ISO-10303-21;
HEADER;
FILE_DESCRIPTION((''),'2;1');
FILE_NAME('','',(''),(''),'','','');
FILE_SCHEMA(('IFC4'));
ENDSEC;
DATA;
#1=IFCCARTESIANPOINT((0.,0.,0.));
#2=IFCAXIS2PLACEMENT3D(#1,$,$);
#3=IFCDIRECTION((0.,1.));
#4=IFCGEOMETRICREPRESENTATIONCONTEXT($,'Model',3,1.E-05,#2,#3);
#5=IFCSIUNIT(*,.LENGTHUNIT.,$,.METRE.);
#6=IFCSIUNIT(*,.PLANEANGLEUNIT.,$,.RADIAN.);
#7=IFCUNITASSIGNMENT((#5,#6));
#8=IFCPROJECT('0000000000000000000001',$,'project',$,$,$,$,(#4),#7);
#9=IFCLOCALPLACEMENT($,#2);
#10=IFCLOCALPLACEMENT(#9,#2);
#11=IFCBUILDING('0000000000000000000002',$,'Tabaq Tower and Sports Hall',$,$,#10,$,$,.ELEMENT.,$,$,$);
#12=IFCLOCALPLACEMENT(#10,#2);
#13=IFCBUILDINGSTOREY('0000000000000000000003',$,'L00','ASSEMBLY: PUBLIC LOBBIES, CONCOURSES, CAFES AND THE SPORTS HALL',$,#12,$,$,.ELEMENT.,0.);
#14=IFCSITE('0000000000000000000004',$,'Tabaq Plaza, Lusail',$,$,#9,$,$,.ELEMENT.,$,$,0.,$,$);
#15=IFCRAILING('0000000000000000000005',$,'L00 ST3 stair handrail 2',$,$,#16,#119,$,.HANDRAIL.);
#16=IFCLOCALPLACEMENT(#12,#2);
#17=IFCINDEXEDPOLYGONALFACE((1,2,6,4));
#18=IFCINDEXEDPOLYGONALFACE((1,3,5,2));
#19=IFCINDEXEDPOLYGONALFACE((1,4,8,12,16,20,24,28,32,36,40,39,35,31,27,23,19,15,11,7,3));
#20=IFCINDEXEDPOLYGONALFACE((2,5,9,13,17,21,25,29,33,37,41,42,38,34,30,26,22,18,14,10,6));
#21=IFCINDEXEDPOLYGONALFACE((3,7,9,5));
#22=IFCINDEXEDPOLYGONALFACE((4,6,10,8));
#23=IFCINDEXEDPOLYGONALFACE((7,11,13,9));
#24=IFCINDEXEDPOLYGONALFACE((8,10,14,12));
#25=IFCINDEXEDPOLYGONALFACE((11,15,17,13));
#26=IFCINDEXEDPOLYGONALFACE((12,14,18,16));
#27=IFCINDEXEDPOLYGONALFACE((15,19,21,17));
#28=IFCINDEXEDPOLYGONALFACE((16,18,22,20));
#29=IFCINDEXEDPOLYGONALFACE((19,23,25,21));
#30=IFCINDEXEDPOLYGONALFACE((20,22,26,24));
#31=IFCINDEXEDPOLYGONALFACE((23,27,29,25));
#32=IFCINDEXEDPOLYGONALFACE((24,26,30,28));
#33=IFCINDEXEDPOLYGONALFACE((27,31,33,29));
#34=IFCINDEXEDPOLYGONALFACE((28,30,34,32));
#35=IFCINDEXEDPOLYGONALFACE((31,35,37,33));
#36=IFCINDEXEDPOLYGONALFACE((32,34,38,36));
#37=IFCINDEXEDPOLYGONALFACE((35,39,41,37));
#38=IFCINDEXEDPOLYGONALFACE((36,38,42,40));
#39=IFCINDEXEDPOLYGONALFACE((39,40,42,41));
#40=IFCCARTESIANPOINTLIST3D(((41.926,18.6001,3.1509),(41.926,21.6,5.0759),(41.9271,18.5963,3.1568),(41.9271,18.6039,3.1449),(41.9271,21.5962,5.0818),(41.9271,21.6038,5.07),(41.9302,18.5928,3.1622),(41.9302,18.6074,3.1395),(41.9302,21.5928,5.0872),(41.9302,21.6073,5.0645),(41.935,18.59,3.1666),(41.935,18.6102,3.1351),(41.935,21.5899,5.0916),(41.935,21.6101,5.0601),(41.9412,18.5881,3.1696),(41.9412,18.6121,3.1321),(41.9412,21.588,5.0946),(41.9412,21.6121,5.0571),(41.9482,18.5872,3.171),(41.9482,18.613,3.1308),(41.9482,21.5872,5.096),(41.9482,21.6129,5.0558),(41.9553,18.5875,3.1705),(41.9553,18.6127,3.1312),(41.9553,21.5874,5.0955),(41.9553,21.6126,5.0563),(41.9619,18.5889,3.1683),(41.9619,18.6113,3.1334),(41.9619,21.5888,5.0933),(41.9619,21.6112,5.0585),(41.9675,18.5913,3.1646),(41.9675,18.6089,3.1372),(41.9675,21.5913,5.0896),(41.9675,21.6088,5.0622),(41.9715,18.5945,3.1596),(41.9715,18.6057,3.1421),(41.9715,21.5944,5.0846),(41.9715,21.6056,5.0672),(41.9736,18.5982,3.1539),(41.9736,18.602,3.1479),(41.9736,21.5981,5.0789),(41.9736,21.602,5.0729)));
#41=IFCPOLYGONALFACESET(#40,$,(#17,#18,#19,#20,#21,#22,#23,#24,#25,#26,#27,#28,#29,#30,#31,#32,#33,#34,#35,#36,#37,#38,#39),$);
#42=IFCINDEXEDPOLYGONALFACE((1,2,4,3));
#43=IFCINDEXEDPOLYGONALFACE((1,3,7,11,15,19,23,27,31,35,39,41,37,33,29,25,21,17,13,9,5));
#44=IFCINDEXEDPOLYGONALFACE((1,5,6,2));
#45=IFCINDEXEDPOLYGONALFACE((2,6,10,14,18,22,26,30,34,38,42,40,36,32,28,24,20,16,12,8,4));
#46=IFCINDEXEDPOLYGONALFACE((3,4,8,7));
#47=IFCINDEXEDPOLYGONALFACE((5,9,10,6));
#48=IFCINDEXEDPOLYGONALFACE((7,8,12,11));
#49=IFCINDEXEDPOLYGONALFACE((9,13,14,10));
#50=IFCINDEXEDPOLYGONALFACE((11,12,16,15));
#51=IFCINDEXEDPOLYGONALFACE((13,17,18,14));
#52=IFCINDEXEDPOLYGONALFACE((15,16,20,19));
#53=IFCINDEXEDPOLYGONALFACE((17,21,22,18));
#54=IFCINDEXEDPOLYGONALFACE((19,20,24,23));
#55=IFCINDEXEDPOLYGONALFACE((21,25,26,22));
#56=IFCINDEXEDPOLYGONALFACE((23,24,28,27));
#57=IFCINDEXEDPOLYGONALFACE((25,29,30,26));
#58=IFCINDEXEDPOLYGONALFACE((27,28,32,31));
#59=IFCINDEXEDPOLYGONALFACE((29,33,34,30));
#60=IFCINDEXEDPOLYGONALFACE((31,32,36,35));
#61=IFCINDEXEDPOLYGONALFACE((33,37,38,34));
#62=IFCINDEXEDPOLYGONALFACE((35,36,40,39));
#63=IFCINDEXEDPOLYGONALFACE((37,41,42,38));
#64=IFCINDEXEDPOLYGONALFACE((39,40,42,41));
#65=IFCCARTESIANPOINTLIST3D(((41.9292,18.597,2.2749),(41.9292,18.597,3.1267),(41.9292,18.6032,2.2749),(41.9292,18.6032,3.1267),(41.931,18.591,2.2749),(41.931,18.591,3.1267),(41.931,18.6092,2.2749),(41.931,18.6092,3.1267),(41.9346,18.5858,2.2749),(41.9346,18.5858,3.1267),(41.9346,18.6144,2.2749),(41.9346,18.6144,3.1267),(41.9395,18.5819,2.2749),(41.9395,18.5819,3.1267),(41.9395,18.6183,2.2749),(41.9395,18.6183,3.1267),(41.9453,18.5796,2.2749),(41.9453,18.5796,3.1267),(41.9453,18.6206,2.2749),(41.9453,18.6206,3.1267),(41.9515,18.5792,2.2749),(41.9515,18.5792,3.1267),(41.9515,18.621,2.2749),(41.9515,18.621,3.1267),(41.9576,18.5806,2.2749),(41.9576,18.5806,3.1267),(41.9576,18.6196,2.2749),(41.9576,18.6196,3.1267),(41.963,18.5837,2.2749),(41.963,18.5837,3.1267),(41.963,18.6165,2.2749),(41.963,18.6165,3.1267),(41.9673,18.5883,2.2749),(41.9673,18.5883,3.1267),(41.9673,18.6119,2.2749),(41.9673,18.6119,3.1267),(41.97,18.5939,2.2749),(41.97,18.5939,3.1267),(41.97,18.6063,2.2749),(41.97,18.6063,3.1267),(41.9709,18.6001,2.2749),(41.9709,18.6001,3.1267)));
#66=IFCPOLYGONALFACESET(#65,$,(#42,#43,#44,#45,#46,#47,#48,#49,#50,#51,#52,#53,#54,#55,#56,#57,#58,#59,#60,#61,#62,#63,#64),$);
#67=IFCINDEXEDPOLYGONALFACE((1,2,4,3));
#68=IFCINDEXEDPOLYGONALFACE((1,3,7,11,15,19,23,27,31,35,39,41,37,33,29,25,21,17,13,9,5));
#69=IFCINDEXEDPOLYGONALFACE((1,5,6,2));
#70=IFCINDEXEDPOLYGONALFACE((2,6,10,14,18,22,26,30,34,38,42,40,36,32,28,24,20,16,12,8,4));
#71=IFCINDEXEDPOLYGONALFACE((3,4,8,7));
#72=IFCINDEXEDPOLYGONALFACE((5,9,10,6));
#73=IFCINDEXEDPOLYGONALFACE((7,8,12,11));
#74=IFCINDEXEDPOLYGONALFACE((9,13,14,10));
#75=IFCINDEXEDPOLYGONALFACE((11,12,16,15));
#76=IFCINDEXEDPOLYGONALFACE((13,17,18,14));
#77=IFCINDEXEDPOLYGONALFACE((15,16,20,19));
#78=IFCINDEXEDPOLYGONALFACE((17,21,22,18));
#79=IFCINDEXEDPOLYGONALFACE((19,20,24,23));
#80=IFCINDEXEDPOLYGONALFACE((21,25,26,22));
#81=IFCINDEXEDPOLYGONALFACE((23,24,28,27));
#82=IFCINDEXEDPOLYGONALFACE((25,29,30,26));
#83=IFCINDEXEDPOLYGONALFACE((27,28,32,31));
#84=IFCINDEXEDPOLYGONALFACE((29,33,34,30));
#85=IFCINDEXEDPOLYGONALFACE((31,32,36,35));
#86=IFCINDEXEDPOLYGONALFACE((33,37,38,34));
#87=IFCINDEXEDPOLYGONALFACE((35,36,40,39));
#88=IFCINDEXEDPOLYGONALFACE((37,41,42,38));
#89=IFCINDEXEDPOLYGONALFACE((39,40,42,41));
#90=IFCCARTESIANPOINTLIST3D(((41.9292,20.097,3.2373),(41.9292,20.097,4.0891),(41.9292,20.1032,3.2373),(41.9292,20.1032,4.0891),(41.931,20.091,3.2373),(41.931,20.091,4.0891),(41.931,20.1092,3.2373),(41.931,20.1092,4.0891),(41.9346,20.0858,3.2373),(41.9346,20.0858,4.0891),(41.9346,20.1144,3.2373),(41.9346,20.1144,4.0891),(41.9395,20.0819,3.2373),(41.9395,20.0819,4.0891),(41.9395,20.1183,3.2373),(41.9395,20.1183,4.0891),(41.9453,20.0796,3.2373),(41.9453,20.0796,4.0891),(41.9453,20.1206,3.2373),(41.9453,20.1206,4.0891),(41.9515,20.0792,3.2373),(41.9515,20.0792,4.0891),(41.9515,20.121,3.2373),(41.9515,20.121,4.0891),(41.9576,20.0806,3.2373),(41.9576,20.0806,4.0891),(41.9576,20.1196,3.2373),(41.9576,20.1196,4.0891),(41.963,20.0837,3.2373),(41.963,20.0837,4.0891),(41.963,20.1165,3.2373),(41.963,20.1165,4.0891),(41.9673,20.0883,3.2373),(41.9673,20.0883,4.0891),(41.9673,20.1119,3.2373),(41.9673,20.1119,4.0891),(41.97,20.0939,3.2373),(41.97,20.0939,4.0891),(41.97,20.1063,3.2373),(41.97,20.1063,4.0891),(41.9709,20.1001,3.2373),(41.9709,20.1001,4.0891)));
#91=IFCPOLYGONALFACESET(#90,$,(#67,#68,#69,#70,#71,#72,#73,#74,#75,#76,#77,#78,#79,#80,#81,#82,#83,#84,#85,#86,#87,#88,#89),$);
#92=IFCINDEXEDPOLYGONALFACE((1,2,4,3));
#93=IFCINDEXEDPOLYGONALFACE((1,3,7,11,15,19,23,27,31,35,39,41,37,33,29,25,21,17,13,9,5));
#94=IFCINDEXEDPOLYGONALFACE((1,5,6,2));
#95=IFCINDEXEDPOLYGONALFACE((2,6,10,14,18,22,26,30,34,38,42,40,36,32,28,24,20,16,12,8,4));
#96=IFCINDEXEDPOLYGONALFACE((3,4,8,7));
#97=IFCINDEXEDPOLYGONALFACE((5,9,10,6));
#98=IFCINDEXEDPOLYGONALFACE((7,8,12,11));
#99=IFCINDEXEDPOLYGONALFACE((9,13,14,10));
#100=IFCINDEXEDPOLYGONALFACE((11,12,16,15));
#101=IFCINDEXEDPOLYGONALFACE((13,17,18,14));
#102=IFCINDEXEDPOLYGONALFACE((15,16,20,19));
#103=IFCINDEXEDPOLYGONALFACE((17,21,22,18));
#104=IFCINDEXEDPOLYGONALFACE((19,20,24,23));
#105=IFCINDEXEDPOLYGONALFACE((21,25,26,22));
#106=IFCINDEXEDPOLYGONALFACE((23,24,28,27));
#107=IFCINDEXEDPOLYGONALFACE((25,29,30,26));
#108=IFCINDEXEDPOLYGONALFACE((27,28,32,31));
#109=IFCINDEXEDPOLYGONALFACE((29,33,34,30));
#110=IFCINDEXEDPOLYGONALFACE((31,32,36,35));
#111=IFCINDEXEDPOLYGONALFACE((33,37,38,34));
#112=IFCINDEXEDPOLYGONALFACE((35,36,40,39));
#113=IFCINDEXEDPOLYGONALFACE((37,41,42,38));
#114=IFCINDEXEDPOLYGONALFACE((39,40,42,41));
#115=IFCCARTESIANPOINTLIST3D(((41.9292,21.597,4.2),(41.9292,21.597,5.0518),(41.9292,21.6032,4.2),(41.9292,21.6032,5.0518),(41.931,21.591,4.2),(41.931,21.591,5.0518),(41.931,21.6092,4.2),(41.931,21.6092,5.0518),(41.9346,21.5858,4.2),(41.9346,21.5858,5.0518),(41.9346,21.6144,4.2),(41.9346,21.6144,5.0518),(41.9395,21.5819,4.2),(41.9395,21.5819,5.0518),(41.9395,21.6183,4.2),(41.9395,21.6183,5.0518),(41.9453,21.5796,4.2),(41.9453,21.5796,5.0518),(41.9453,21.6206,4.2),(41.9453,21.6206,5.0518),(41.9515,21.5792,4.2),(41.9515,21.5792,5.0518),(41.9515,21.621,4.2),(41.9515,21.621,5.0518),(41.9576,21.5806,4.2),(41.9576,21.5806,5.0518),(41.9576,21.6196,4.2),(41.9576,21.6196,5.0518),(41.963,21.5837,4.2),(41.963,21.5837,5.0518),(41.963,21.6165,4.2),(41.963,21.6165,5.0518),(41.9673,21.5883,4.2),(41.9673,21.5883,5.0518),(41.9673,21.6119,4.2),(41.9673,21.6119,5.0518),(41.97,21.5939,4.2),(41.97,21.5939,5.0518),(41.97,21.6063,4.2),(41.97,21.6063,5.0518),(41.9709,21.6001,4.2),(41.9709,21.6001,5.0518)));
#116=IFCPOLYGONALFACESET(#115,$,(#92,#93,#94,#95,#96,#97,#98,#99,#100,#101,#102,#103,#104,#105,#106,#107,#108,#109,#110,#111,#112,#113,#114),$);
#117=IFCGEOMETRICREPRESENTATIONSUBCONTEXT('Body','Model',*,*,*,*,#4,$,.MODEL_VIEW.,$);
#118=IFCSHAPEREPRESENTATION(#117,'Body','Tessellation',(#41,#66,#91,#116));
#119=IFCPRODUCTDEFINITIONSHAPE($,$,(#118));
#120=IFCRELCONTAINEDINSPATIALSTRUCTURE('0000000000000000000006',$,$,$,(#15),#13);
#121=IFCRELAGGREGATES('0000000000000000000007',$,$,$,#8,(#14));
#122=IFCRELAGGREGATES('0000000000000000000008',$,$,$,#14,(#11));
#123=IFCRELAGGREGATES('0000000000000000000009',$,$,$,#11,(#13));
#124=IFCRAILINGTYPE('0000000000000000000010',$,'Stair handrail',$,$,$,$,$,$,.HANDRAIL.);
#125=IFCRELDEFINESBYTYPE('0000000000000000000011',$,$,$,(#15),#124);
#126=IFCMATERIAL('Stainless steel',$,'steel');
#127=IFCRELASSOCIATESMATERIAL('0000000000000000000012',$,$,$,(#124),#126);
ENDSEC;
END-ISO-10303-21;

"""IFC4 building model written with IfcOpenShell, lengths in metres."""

from ifc_helpers import new_model, si_unit, direction, frame, origin, origin_2d, place, context, subcontext, project, spatial, circle, extrude, material, type_object, element, save


model = new_model("IFC4")

# Units and contexts
model_context = context("Model", 3, precision=1e-05, world=origin(), true_north=direction((0.0, 1.0)))
body_context = subcontext(model_context, "Body", "Model", "MODEL_VIEW")
ifc_project = project(units=[si_unit("LENGTHUNIT", "METRE"), si_unit("PLANEANGLEUNIT", "RADIAN")], contexts=[model_context])

# Site, building, storey
site_placement = place(None, origin())
site = spatial("IfcSite", under=ifc_project, at=site_placement, Name="Tabaq Plaza, Lusail", CompositionType="ELEMENT", RefElevation=0.0)
building_placement = place(site_placement, origin())
building = spatial("IfcBuilding", under=site, at=building_placement, Name="Tabaq Tower and Sports Hall", CompositionType="ELEMENT")
storey_placement = place(building_placement, origin())
storey = spatial("IfcBuildingStorey", under=building, at=storey_placement, Name="L00", Description="ASSEMBLY: PUBLIC LOBBIES, CONCOURSES, CAFES AND THE SPORTS HALL", CompositionType="ELEMENT", Elevation=0.0)

# Railing
ifc_material_1 = material(Name="Stainless steel", Category="steel")
railing_type_1 = type_object("IfcRailingType", Name="Stair handrail", PredefinedType="HANDRAIL", material=ifc_material_1)
railing_1_placement = place(storey_placement, frame((41.95, 18.6001, 2.2749)))
element("IfcRailing", 1, at=railing_1_placement, inside=storey, type_object=railing_type_1, Name="L00 ST3 stair handrail 2", PredefinedType="HANDRAIL", context=body_context, shape_type="SweptSolid", body=[
    extrude(circle(Radius=0.0239, at=origin_2d()), frame((0.0, 0.0, 0.876), z_axis=(0.0, 0.841628, 0.540058), x_axis=(-1.0, 0.0, 0.0)), (0.0, 0.0, 1.0), 3.5645),
    extrude(circle(Radius=0.021, at=origin_2d()), origin(), (0.0, 0.0, 1.0), 0.8518),
    extrude(circle(Radius=0.021, at=origin_2d()), frame((0.0, 1.5, 0.9624)), (0.0, 0.0, 1.0), 0.8518),
    extrude(circle(Radius=0.021, at=origin_2d()), frame((0.0, 3.0, 1.925)), (0.0, 0.0, 1.0), 0.8518),
])

save(model, "model.ifc")
